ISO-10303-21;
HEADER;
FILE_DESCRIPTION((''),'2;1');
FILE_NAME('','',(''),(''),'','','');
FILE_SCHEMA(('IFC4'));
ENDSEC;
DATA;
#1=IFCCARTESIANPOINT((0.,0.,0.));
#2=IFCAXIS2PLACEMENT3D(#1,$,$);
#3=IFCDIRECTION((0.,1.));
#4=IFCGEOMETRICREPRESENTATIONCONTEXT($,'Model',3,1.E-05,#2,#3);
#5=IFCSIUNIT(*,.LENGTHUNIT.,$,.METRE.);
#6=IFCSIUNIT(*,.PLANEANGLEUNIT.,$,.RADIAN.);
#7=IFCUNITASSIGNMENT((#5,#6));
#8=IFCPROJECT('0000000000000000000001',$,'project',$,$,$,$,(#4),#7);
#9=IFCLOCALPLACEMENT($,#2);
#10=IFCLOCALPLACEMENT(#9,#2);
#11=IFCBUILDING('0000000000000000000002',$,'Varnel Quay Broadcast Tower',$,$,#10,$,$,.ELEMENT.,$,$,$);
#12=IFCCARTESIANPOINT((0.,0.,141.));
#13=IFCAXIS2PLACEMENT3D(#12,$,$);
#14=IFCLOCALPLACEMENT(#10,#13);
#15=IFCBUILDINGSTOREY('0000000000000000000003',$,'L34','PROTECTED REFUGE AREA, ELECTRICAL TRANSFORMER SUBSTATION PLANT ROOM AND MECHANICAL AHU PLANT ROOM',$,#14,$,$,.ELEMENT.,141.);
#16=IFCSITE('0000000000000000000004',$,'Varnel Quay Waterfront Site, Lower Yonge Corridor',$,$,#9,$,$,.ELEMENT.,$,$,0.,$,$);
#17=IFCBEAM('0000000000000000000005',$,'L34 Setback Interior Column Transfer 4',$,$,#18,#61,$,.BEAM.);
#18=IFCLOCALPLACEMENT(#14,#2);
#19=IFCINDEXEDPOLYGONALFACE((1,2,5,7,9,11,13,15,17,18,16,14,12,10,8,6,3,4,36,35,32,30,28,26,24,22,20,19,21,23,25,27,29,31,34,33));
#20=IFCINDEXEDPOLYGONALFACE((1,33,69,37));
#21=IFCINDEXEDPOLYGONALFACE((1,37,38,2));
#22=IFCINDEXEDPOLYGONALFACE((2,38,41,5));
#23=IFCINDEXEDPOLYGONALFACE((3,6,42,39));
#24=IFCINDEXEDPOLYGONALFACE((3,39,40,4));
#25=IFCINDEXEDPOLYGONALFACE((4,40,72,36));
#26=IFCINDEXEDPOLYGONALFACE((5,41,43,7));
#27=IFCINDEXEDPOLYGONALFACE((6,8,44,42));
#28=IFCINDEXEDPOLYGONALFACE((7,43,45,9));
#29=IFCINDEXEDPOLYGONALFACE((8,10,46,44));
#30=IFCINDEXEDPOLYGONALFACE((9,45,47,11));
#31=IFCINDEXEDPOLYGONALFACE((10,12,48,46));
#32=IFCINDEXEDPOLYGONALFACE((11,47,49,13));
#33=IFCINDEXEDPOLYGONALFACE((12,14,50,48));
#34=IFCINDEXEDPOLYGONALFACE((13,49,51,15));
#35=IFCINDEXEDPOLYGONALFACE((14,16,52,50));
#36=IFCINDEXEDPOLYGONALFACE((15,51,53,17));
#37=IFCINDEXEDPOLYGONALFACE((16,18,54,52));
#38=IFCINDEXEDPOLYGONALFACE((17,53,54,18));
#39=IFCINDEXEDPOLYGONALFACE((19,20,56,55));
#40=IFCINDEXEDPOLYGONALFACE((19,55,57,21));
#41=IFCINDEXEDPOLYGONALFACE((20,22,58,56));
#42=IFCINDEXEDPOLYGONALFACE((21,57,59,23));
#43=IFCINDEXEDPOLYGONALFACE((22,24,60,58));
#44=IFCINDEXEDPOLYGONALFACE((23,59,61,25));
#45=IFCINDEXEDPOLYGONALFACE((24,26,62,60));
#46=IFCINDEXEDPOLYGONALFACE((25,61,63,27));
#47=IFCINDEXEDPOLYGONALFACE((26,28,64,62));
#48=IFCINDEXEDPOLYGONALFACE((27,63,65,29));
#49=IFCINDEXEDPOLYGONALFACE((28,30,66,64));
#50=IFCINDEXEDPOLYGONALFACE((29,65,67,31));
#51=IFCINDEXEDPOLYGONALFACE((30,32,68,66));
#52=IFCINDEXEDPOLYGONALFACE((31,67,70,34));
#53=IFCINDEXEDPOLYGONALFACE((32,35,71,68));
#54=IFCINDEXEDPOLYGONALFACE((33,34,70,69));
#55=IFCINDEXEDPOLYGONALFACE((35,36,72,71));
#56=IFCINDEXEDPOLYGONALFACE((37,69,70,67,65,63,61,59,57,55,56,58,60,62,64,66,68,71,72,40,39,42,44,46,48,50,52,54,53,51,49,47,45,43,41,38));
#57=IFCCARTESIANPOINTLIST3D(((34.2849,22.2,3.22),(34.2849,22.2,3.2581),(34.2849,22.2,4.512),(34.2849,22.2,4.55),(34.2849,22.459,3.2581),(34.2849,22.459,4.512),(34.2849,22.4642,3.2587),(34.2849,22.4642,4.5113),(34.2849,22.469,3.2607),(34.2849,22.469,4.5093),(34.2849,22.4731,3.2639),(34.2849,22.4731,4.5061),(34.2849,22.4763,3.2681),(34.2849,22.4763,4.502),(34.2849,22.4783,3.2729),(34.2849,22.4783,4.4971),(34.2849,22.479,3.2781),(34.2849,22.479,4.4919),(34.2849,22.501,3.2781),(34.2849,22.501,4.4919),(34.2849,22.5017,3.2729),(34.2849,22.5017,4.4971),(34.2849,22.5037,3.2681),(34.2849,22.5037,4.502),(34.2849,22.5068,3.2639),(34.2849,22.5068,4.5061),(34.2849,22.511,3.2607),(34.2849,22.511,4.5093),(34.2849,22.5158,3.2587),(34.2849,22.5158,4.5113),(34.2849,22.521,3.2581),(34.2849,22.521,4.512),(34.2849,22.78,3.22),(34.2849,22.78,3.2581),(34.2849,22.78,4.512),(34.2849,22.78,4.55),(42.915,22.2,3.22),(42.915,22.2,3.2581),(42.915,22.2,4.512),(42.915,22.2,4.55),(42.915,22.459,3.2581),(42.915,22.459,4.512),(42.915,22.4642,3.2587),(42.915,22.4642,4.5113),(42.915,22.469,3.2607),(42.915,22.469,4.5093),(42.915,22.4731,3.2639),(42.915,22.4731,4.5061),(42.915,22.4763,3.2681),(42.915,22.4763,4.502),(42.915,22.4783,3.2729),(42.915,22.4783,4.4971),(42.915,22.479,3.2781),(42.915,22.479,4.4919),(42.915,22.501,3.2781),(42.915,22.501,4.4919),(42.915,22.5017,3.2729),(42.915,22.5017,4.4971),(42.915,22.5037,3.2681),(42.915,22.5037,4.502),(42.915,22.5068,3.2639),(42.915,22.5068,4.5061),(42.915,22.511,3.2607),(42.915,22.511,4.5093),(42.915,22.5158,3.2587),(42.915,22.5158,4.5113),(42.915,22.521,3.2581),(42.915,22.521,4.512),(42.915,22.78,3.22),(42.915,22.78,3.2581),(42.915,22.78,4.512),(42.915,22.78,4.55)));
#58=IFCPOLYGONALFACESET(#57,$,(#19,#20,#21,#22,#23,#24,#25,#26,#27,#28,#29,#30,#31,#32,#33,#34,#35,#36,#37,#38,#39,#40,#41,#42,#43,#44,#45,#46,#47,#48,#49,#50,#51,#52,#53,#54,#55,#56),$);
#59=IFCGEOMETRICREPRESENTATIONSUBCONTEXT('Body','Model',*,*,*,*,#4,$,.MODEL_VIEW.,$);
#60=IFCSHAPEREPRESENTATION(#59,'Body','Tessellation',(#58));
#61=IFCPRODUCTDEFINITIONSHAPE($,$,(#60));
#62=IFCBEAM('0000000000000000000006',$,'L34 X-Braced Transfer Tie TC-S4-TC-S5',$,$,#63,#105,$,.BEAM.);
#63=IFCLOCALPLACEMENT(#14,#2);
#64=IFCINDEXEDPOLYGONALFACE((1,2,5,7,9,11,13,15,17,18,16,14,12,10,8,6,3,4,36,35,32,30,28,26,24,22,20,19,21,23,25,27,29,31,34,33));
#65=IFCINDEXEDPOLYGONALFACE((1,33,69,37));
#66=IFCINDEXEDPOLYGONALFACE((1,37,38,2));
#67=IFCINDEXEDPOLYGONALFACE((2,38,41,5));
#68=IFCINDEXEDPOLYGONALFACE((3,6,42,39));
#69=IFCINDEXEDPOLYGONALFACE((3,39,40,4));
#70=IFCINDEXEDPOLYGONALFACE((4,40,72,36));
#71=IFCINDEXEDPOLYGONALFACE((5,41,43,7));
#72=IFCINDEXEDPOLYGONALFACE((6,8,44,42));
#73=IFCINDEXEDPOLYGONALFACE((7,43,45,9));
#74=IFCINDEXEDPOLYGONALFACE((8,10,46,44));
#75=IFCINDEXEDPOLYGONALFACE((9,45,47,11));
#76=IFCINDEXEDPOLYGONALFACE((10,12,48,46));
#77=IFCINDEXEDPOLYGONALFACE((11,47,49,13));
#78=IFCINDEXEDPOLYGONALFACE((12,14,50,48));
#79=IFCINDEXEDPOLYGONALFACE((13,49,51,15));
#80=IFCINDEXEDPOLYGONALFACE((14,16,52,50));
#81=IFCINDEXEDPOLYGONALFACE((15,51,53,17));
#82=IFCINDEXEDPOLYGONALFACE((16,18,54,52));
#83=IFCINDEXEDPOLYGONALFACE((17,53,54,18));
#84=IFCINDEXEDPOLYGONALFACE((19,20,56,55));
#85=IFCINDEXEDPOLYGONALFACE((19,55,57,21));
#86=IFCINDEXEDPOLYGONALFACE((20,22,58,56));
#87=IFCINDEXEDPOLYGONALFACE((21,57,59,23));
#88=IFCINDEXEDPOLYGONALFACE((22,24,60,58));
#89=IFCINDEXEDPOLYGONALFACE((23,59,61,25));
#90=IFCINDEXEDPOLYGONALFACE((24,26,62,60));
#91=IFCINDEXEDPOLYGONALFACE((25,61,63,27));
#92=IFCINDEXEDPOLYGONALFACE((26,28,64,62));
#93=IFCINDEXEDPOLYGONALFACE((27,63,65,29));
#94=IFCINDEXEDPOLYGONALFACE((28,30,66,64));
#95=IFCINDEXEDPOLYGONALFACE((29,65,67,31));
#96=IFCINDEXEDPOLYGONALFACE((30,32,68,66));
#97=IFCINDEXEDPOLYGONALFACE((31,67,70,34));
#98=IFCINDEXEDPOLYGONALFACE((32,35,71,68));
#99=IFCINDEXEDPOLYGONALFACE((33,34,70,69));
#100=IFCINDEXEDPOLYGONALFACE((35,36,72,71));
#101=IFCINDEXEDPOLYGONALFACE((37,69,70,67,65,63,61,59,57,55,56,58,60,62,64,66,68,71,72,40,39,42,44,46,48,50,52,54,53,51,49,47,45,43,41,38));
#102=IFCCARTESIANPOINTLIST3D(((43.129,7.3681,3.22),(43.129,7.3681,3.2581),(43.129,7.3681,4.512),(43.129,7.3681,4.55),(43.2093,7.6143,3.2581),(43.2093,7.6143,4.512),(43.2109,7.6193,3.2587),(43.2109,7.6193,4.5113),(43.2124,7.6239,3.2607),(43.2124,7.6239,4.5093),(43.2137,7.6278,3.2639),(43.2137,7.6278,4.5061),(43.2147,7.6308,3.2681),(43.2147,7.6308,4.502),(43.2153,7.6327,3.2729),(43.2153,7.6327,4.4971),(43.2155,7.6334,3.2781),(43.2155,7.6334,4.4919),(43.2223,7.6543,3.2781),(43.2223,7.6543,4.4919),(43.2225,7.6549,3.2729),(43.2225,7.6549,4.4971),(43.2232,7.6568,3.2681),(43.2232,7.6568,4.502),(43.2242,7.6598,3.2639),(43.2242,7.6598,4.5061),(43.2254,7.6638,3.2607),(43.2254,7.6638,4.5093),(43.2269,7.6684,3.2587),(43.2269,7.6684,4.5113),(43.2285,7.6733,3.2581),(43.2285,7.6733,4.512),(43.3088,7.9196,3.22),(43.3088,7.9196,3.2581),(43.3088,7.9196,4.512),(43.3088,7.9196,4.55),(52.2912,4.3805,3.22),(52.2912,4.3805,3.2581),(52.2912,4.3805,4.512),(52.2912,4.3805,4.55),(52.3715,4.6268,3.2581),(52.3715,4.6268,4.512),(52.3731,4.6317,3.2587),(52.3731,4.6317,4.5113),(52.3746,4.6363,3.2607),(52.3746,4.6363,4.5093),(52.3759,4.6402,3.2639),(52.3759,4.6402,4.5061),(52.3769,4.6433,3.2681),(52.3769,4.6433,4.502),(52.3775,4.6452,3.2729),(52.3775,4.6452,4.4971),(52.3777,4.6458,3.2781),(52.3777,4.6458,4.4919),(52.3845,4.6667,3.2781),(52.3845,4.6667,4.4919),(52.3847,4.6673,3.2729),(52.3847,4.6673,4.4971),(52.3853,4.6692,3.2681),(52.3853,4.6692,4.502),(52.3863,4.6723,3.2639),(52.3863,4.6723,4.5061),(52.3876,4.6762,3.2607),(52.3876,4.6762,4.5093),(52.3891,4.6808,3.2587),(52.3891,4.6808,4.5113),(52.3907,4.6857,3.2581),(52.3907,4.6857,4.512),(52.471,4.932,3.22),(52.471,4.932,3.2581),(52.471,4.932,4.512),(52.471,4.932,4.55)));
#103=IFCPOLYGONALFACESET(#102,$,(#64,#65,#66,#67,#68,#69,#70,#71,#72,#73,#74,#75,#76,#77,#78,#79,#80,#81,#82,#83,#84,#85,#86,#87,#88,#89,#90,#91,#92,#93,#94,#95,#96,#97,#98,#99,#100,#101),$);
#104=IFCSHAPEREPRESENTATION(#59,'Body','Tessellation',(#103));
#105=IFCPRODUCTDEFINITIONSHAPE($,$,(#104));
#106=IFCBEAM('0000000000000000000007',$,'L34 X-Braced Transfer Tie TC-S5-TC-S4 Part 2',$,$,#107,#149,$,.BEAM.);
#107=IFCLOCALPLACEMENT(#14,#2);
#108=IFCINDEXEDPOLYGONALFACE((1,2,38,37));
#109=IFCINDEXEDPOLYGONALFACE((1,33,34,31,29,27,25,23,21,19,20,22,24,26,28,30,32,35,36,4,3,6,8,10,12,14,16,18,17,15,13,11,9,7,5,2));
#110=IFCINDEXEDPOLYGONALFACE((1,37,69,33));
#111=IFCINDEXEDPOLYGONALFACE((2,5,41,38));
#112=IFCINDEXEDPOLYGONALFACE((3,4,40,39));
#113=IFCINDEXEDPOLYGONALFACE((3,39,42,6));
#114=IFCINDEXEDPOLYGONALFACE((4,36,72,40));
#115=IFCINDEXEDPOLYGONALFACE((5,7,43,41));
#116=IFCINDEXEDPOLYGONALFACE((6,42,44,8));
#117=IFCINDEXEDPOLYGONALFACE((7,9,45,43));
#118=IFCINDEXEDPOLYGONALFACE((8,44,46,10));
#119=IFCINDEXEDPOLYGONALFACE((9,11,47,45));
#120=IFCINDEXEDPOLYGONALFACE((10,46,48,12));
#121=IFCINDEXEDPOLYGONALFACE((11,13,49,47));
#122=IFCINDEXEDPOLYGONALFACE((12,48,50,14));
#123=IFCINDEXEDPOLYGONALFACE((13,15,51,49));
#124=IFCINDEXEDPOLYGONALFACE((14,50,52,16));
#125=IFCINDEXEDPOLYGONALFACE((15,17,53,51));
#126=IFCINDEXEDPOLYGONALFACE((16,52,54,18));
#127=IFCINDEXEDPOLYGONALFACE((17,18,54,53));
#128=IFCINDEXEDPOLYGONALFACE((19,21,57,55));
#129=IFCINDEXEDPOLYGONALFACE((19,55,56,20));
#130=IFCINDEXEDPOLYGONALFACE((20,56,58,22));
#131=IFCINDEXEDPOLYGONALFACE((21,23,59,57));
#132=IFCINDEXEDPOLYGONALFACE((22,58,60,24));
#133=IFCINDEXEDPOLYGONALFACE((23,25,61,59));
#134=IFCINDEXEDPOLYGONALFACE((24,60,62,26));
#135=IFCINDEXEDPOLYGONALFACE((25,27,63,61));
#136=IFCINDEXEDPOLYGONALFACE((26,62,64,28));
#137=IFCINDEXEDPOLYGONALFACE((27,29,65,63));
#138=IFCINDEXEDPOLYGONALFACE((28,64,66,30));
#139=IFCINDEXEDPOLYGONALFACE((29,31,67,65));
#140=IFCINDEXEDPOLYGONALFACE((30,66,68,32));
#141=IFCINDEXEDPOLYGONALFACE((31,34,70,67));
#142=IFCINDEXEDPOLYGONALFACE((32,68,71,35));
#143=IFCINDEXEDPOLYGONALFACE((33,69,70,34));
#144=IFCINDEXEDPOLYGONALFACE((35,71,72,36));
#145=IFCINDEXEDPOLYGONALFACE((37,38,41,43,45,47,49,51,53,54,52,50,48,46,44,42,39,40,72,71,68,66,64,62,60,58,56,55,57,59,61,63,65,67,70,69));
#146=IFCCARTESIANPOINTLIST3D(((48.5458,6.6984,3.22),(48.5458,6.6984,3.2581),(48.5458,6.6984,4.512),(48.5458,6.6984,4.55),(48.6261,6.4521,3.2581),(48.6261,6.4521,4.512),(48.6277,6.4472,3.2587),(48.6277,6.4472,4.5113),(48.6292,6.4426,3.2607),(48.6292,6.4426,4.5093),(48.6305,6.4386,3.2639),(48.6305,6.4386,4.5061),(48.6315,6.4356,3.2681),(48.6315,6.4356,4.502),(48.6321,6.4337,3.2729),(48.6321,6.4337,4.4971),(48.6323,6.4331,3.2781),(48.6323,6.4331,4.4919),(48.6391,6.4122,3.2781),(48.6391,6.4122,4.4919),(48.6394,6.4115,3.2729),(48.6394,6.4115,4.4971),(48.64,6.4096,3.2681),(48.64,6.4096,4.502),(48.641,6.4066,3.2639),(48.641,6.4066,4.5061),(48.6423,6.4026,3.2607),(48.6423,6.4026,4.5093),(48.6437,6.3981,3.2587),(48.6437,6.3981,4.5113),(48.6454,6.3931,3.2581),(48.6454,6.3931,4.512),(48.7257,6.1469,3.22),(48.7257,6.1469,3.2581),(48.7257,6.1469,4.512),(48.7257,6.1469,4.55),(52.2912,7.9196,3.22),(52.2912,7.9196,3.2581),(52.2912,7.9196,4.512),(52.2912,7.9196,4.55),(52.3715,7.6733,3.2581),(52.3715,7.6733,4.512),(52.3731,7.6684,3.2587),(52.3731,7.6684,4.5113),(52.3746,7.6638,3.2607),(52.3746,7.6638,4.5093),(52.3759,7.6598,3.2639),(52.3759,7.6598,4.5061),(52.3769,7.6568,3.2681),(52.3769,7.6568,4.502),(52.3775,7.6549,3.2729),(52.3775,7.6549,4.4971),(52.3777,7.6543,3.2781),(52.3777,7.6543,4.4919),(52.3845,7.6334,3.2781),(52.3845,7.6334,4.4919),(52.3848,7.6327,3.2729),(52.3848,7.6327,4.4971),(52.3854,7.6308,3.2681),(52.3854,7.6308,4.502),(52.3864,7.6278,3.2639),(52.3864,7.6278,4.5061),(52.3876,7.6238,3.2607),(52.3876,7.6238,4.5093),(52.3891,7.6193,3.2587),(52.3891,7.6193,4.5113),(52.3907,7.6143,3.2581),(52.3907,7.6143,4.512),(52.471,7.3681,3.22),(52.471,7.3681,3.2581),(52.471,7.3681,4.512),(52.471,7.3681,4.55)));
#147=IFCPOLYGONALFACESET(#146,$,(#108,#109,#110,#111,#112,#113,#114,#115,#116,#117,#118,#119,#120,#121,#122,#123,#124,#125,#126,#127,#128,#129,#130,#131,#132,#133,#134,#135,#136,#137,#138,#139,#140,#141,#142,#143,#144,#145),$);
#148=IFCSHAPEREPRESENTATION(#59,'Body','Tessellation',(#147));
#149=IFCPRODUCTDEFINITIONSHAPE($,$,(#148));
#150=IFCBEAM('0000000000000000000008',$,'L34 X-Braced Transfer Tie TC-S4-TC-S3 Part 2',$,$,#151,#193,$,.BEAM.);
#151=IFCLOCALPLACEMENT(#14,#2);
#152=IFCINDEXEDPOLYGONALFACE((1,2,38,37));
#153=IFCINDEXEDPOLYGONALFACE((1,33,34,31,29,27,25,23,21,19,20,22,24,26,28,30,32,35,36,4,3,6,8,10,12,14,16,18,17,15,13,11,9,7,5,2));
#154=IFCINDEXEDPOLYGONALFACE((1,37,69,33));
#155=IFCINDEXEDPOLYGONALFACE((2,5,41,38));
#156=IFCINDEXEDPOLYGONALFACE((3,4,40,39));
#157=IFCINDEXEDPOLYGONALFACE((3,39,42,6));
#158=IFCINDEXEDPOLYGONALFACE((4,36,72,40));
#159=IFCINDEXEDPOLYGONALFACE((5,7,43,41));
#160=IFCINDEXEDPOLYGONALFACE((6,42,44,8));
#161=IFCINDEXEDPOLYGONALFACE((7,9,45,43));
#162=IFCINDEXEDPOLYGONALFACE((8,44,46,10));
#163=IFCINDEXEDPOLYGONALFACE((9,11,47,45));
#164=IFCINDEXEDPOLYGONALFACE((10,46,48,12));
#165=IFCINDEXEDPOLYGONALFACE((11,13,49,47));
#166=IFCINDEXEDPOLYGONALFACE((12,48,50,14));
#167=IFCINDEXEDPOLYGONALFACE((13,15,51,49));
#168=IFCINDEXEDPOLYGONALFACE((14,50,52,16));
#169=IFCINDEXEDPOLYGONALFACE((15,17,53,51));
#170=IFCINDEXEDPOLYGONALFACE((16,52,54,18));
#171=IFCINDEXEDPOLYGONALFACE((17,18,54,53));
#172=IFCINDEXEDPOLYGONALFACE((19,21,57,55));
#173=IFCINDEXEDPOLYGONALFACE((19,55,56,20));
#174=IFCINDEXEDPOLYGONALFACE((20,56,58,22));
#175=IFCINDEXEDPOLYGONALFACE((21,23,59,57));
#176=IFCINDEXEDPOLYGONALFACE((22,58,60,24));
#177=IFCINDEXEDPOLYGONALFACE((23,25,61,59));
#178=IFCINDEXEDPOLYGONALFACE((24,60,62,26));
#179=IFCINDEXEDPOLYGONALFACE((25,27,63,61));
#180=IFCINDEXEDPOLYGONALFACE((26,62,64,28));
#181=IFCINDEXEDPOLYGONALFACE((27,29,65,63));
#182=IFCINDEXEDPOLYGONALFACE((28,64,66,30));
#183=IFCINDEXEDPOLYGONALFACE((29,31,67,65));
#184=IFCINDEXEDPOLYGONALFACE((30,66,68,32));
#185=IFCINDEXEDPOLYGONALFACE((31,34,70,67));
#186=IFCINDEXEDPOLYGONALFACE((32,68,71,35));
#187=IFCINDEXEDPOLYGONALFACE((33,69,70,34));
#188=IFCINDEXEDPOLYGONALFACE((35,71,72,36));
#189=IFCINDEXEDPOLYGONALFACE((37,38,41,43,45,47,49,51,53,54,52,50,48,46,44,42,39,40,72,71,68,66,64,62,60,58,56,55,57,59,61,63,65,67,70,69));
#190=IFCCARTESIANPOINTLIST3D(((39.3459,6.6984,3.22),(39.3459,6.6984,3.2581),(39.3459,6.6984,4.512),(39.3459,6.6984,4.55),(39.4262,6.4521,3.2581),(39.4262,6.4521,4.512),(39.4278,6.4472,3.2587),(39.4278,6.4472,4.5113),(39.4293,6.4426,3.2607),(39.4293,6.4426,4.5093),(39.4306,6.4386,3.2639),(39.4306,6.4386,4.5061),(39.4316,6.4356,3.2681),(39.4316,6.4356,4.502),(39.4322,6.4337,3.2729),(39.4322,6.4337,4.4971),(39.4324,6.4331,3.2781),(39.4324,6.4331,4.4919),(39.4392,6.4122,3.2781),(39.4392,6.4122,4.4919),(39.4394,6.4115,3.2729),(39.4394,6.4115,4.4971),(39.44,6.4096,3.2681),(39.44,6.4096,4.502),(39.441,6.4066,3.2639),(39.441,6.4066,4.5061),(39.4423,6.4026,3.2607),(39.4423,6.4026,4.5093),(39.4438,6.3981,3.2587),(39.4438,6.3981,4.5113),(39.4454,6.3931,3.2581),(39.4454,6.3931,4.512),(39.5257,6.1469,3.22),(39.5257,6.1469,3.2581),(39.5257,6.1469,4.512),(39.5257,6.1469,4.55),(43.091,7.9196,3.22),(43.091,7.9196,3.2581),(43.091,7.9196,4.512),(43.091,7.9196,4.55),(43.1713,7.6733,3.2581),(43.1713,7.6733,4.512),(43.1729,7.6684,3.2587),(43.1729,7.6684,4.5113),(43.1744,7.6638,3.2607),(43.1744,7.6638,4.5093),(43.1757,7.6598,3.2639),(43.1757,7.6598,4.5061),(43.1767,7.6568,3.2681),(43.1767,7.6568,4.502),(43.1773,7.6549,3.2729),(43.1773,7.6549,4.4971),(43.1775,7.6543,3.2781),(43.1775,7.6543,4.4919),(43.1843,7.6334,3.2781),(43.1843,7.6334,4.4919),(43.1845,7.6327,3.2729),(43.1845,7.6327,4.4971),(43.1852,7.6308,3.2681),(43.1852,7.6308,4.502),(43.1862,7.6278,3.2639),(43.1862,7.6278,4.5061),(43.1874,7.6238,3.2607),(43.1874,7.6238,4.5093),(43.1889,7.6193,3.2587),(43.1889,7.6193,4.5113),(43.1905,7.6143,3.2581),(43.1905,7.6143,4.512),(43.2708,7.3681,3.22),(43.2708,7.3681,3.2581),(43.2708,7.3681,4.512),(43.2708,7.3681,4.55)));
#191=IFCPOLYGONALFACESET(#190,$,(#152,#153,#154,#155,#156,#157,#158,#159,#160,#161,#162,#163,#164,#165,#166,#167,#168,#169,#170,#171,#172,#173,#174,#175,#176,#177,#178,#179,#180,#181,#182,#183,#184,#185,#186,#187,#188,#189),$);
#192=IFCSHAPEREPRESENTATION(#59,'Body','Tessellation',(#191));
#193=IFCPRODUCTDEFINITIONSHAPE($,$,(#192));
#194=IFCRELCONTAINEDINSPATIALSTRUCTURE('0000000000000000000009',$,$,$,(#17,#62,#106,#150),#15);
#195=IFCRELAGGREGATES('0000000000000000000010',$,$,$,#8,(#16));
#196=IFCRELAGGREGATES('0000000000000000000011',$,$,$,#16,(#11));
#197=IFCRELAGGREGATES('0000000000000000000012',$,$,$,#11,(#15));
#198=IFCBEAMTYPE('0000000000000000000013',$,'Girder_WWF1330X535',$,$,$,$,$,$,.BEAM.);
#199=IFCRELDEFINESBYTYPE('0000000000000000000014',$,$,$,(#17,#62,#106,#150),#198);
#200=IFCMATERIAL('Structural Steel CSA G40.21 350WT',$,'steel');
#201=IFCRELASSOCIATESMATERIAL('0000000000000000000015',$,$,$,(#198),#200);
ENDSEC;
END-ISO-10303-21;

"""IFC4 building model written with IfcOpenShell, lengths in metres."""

from ifc_helpers import new_model, si_unit, direction, frame, origin, origin_2d, place, context, subcontext, project, spatial, i_section, extrude, source, transform, mapped, material, material_profile, profile_set, type_object, element, save


model = new_model("IFC4")

# Units and contexts
model_context = context("Model", 3, precision=1e-05, world=origin(), true_north=direction((0.0, 1.0)))
body_context = subcontext(model_context, "Body", "Model", "MODEL_VIEW")
ifc_project = project(units=[si_unit("LENGTHUNIT", "METRE"), si_unit("PLANEANGLEUNIT", "RADIAN")], contexts=[model_context])

# Site, building, storey
site_placement = place(None, origin())
site = spatial("IfcSite", under=ifc_project, at=site_placement, Name="Varnel Quay Waterfront Site, Lower Yonge Corridor", CompositionType="ELEMENT", RefElevation=0.0)
building_placement = place(site_placement, origin())
building = spatial("IfcBuilding", under=site, at=building_placement, Name="Varnel Quay Broadcast Tower", CompositionType="ELEMENT")
storey_placement = place(building_placement, frame((0.0, 0.0, 141.0)))
storey = spatial("IfcBuildingStorey", under=building, at=storey_placement, Name="L34", Description="PROTECTED REFUGE AREA, ELECTRICAL TRANSFORMER SUBSTATION PLANT ROOM AND MECHANICAL AHU PLANT ROOM", CompositionType="ELEMENT", Elevation=141.0)

# Beams
ifc_material_1 = material(Name="Structural Steel CSA G40.21 350WT", Category="steel")
ifc_material_profile_1 = material_profile(ifc_material_1, i_section(OverallWidth=0.5801, OverallDepth=1.3301, WebThickness=0.022, FlangeThickness=0.0381, FilletRadius=0.02, at=origin_2d()), Name="WWF1330X535")
ifc_profile_set_1 = profile_set([ifc_material_profile_1], Name="Structural Steel CSA G40.21 350WT")
beam_type_1 = type_object("IfcBeamType", Name="Girder_WWF1330X535", PredefinedType="BEAM", material=ifc_profile_set_1)
shared_shape_1 = source(origin(), body_context, "Body", "SweptSolid", [
    extrude(i_section(OverallWidth=0.5801, OverallDepth=1.3301, WebThickness=0.022, FlangeThickness=0.0381, FilletRadius=0.02, at=origin_2d()), origin(), (0.0, 0.0, 1.0), 8.6301),
])
beam_1_placement = place(storey_placement, frame((34.2849, 22.49, 3.885), z_axis=(1.0, 0.0, 0.0), x_axis=(0.0, 1.0, 0.0)))
element("IfcBeam", 1, at=beam_1_placement, inside=storey, type_object=beam_type_1, Name="L34 Setback Interior Column Transfer 4", PredefinedType="BEAM", context=body_context, shape_type="MappedRepresentation", body=[
    mapped(shared_shape_1, transform((0.0, 0.0, 0.0), x_axis=(1.0, 0.0, 0.0), y_axis=(0.0, 1.0, 0.0), z_axis=(0.0, 0.0, 1.0), scale=1.0)),
])
shared_shape_2 = source(origin(), body_context, "Body", "SweptSolid", [
    extrude(i_section(OverallWidth=0.5801, OverallDepth=1.3301, WebThickness=0.022, FlangeThickness=0.0381, FilletRadius=0.02, at=origin_2d()), origin(), (0.0, 0.0, 1.0), 9.637),
])
beam_2_placement = place(storey_placement, frame((52.3811, 4.6562, 3.885), z_axis=(-0.950733, 0.310012, 0.0), x_axis=(-0.310012, -0.950733, 0.0)))
element("IfcBeam", 2, at=beam_2_placement, inside=storey, type_object=beam_type_1, Name="L34 X-Braced Transfer Tie TC-S4-TC-S5", PredefinedType="BEAM", context=body_context, shape_type="MappedRepresentation", body=[
    mapped(shared_shape_2, transform((0.0, 0.0, 0.0), x_axis=(1.0, 0.0, 0.0), y_axis=(0.0, 1.0, 0.0), z_axis=(0.0, 0.0, 1.0), scale=1.0)),
])
shared_shape_3 = source(origin(), body_context, "Body", "SweptSolid", [
    extrude(i_section(OverallWidth=0.5801, OverallDepth=1.3301, WebThickness=0.022, FlangeThickness=0.0381, FilletRadius=0.02, at=origin_2d()), origin(), (0.0, 0.0, 1.0), 3.9395),
])
beam_3_placement = place(storey_placement, frame((48.6357, 6.4226, 3.885), z_axis=(0.950739, 0.309993, 0.0), x_axis=(-0.309993, 0.950739, 0.0)))
element("IfcBeam", 3, at=beam_3_placement, inside=storey, type_object=beam_type_1, Name="L34 X-Braced Transfer Tie TC-S5-TC-S4 Part 2", PredefinedType="BEAM", context=body_context, shape_type="MappedRepresentation", body=[
    mapped(shared_shape_3, transform((0.0, 0.0, 0.0), x_axis=(1.0, 0.0, 0.0), y_axis=(0.0, 1.0, 0.0), z_axis=(0.0, 0.0, 1.0), scale=1.0)),
])
shared_shape_4 = source(origin(), body_context, "Body", "SweptSolid", [
    extrude(i_section(OverallWidth=0.5801, OverallDepth=1.3301, WebThickness=0.022, FlangeThickness=0.0381, FilletRadius=0.02, at=origin_2d()), origin(), (0.0, 0.0, 1.0), 3.9392),
])
beam_4_placement = place(storey_placement, frame((39.4358, 6.4226, 3.885), z_axis=(0.950733, 0.310011, 0.0), x_axis=(-0.310011, 0.950733, 0.0)))
element("IfcBeam", 4, at=beam_4_placement, inside=storey, type_object=beam_type_1, Name="L34 X-Braced Transfer Tie TC-S4-TC-S3 Part 2", PredefinedType="BEAM", context=body_context, shape_type="MappedRepresentation", body=[
    mapped(shared_shape_4, transform((0.0, 0.0, 0.0), x_axis=(1.0, 0.0, 0.0), y_axis=(0.0, 1.0, 0.0), z_axis=(0.0, 0.0, 1.0), scale=1.0)),
])

save(model, "model.ifc")
